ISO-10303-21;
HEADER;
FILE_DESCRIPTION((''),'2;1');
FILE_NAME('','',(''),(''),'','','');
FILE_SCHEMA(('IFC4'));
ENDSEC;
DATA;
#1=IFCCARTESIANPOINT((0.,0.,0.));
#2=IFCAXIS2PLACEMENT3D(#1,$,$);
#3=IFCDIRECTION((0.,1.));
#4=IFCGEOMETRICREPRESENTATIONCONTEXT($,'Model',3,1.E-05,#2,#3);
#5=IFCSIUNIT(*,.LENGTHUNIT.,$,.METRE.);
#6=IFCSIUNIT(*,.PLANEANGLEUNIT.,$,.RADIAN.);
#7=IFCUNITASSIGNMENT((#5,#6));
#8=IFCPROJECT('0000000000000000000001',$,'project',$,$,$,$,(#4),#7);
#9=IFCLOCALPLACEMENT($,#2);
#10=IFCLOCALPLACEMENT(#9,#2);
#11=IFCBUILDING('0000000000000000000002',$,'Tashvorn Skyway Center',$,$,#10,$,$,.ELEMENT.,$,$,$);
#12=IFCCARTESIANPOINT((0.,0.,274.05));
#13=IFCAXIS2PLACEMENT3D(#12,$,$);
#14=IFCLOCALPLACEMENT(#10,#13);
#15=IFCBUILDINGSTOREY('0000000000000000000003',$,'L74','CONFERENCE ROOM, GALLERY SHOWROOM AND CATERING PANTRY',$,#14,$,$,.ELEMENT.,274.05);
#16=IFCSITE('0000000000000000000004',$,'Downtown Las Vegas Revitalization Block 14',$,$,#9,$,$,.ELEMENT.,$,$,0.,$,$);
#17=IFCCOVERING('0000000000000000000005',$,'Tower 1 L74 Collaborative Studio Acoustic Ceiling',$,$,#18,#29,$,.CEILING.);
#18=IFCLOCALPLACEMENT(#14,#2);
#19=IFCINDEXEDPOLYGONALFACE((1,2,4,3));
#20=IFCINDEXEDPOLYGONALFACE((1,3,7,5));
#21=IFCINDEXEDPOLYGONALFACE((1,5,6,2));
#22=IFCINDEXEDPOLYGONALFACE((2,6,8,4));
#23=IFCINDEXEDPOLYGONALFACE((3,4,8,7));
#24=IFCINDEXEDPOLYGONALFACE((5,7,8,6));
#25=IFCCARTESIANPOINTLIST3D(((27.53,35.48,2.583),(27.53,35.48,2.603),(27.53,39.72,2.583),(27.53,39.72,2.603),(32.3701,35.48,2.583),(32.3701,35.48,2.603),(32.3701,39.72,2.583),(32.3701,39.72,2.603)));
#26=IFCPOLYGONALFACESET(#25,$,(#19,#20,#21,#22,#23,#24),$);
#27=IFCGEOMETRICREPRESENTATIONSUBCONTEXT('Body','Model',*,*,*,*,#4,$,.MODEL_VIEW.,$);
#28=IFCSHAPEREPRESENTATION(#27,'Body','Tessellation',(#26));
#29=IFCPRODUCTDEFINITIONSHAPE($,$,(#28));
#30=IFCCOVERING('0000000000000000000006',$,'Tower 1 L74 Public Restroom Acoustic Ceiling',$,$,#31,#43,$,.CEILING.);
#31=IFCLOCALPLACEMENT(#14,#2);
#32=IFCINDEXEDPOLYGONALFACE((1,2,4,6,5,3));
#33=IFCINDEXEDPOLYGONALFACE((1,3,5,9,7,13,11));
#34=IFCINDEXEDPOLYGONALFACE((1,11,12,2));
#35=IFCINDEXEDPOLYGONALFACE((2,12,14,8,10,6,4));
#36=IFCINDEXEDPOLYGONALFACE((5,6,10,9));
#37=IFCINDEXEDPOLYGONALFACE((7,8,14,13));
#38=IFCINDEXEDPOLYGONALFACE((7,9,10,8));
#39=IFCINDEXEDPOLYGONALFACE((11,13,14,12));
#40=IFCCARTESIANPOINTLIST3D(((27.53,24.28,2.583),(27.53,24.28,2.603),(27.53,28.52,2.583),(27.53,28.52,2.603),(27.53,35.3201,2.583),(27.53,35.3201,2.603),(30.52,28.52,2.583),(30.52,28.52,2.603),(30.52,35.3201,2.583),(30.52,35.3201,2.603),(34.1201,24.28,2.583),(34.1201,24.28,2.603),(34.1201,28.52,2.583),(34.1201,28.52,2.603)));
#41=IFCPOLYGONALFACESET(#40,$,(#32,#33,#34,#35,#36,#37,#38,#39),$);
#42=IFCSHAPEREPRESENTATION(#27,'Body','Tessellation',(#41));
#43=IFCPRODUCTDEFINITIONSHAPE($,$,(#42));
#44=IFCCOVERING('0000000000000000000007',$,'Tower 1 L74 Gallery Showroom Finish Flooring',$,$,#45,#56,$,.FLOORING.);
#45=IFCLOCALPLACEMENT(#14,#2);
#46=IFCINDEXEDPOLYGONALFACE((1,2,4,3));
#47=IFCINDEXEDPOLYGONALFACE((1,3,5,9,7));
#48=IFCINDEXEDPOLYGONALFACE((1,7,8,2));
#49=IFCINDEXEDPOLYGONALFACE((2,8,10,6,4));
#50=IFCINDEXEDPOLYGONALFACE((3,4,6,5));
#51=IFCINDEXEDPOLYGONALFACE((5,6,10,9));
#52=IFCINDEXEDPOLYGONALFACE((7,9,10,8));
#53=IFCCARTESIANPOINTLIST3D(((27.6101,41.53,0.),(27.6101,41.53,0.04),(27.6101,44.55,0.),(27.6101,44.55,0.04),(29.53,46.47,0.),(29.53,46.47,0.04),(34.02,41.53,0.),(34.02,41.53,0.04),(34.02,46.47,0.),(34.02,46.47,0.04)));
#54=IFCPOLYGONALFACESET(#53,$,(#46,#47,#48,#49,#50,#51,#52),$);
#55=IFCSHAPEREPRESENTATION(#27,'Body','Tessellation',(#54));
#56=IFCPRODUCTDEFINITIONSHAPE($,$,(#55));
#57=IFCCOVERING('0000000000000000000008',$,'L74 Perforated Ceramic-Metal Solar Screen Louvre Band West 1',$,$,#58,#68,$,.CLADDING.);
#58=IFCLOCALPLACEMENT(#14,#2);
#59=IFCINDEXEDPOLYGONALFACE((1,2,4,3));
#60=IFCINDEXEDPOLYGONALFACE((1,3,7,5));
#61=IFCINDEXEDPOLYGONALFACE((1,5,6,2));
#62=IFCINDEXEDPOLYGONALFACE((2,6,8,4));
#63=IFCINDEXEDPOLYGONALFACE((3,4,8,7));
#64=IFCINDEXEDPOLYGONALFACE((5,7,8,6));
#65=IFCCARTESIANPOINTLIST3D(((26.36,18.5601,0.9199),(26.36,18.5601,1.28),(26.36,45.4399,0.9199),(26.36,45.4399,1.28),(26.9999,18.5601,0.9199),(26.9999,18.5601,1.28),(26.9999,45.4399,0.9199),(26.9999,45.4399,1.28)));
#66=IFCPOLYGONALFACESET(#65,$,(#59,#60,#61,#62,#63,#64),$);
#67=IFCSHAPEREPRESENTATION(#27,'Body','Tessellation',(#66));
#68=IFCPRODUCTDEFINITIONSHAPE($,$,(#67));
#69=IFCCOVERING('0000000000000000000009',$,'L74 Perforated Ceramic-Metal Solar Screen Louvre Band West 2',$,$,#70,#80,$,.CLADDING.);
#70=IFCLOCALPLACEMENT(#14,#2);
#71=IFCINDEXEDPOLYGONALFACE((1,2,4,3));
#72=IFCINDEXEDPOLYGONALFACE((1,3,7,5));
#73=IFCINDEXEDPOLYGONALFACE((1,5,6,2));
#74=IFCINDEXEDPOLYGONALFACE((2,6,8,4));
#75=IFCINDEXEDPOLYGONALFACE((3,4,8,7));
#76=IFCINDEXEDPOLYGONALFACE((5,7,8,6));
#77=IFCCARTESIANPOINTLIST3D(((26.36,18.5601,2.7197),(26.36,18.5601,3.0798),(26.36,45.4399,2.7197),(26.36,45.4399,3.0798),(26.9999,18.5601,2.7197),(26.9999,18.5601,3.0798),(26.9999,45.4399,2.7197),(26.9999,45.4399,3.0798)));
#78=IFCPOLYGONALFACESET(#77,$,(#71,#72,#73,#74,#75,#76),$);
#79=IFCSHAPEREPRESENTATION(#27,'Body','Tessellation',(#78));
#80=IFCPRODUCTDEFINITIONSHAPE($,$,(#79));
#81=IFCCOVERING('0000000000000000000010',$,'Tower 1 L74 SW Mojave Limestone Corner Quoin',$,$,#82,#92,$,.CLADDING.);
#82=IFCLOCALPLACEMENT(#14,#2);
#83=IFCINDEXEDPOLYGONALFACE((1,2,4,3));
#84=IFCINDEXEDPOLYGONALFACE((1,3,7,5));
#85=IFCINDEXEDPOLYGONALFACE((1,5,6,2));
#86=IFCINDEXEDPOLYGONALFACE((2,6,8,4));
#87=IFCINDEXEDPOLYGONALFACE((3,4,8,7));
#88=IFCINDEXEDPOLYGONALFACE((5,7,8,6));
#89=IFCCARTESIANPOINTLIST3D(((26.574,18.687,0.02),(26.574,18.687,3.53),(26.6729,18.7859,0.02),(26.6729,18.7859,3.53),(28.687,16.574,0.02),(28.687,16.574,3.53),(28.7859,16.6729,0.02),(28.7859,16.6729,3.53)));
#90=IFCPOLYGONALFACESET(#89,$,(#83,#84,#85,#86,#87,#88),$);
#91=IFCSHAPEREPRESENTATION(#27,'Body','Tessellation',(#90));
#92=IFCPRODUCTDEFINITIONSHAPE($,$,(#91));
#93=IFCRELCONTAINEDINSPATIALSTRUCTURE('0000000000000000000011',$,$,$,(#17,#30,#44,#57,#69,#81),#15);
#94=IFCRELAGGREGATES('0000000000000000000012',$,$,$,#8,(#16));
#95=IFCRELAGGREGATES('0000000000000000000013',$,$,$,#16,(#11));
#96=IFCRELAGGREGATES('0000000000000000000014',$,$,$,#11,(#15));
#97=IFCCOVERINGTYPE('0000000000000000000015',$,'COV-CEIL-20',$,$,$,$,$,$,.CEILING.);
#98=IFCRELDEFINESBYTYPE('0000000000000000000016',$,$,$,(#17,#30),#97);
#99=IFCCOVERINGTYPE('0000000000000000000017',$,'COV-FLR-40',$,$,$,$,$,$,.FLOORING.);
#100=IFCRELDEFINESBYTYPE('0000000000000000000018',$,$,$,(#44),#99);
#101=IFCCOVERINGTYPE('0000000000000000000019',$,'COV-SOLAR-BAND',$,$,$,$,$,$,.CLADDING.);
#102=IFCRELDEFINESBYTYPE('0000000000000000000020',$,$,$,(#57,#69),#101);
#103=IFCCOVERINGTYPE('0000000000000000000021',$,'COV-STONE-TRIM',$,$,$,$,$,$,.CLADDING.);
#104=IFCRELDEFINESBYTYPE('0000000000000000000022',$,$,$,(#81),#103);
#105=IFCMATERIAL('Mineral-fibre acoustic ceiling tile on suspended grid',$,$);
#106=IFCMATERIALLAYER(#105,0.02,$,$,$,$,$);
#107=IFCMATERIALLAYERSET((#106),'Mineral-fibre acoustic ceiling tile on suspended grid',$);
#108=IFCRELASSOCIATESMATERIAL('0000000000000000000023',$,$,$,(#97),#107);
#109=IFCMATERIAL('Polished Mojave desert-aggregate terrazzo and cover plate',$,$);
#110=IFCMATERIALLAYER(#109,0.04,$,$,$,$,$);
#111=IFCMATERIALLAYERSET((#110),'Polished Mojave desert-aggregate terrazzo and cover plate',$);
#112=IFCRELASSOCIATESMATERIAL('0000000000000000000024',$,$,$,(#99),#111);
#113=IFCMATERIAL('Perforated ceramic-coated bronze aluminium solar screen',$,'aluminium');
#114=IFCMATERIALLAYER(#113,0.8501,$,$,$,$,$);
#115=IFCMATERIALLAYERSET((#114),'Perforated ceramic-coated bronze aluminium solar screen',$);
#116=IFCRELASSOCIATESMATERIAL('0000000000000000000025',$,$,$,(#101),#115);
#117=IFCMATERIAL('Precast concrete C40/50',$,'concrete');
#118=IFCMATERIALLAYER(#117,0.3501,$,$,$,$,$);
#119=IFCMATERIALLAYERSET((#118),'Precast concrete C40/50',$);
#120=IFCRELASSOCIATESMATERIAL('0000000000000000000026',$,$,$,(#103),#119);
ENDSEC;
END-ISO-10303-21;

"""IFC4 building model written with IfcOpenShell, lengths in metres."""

from ifc_helpers import new_model, si_unit, direction, frame, origin, origin_2d, place, context, subcontext, project, spatial, polyline, rectangle, outline, extrude, material, layer, layer_set, type_object, element, save


model = new_model("IFC4")

# Units and contexts
model_context = context("Model", 3, precision=1e-05, world=origin(), true_north=direction((0.0, 1.0)))
body_context = subcontext(model_context, "Body", "Model", "MODEL_VIEW")
ifc_project = project(units=[si_unit("LENGTHUNIT", "METRE"), si_unit("PLANEANGLEUNIT", "RADIAN")], contexts=[model_context])

# Site, building, storey
site_placement = place(None, origin())
site = spatial("IfcSite", under=ifc_project, at=site_placement, Name="Downtown Las Vegas Revitalization Block 14", CompositionType="ELEMENT", RefElevation=0.0)
building_placement = place(site_placement, origin())
building = spatial("IfcBuilding", under=site, at=building_placement, Name="Tashvorn Skyway Center", CompositionType="ELEMENT")
storey_placement = place(building_placement, frame((0.0, 0.0, 274.05)))
storey = spatial("IfcBuildingStorey", under=building, at=storey_placement, Name="L74", Description="CONFERENCE ROOM, GALLERY SHOWROOM AND CATERING PANTRY", CompositionType="ELEMENT", Elevation=274.05)

# Coverings
ifc_material_1 = material(Name="Precast concrete C40/50", Category="concrete")
ifc_material_2 = material(Name="Mineral-fibre acoustic ceiling tile on suspended grid")
ifc_layer_1 = layer(ifc_material_2, 0.02)
ifc_layer_set_1 = layer_set([ifc_layer_1], Name="Mineral-fibre acoustic ceiling tile on suspended grid")
covering_type_1 = type_object("IfcCoveringType", Name="COV-CEIL-20", PredefinedType="CEILING", material=ifc_layer_set_1)
covering_1_placement = place(storey_placement, frame((0.0, 0.0, 2.583)))
element("IfcCovering", 1, at=covering_1_placement, inside=storey, type_object=covering_type_1, Name="Tower 1 L74 Collaborative Studio Acoustic Ceiling", PredefinedType="CEILING", context=body_context, shape_type="SweptSolid", body=[
    extrude(outline(polyline([(32.3701, 39.72), (32.3701, 35.48), (27.53, 35.48), (27.53, 39.72), (32.3701, 39.72)])), origin(), (0.0, 0.0, 1.0), 0.02),
])
covering_2_placement = place(storey_placement, frame((0.0, 0.0, 2.583)))
element("IfcCovering", 2, at=covering_2_placement, inside=storey, type_object=covering_type_1, Name="Tower 1 L74 Public Restroom Acoustic Ceiling", PredefinedType="CEILING", context=body_context, shape_type="SweptSolid", body=[
    extrude(outline(polyline([(34.1201, 24.28), (27.53, 24.28), (27.53, 28.52), (27.53, 35.3201), (30.52, 35.3201), (30.52, 28.52), (34.1201, 28.52), (34.1201, 24.28)])), origin(), (0.0, 0.0, 1.0), 0.02),
])
ifc_material_3 = material(Name="Polished Mojave desert-aggregate terrazzo and cover plate")
ifc_layer_2 = layer(ifc_material_3, 0.04)
ifc_layer_set_2 = layer_set([ifc_layer_2], Name="Polished Mojave desert-aggregate terrazzo and cover plate")
covering_type_2 = type_object("IfcCoveringType", Name="COV-FLR-40", PredefinedType="FLOORING", material=ifc_layer_set_2)
covering_3_placement = place(storey_placement, origin())
element("IfcCovering", 3, at=covering_3_placement, inside=storey, type_object=covering_type_2, Name="Tower 1 L74 Gallery Showroom Finish Flooring", PredefinedType="FLOORING", context=body_context, shape_type="SweptSolid", body=[
    extrude(outline(polyline([(34.02, 41.53), (27.6101, 41.53), (27.6101, 44.55), (29.53, 46.47), (34.02, 46.47), (34.02, 41.53)])), origin(), (0.0, 0.0, 1.0), 0.04),
])
ifc_material_4 = material(Name="Perforated ceramic-coated bronze aluminium solar screen", Category="aluminium")
ifc_layer_3 = layer(ifc_material_4, 0.8501)
ifc_layer_set_3 = layer_set([ifc_layer_3], Name="Perforated ceramic-coated bronze aluminium solar screen")
covering_type_3 = type_object("IfcCoveringType", Name="COV-SOLAR-BAND", PredefinedType="CLADDING", material=ifc_layer_set_3)
for number, where, z_axis, x_axis, name in (
    (4, (26.6799, 32.0, 0.9199), (0.0, 0.0, 1.0), (0.0, 1.0, 0.0), "L74 Perforated Ceramic-Metal Solar Screen Louvre Band West 1"),
    (5, (26.6799, 32.0, 2.7197), (0.0, 0.0, 1.0), (0.0, 1.0, 0.0), "L74 Perforated Ceramic-Metal Solar Screen Louvre Band West 2"),
):
    element("IfcCovering", number, at=place(storey_placement, frame(where, z_axis=z_axis, x_axis=x_axis)), inside=storey, type_object=covering_type_3, Name=name, PredefinedType="CLADDING", context=body_context, shape_type="SweptSolid", body=[
        extrude(rectangle(XDim=26.8799, YDim=0.6399, at=origin_2d()), origin(), (0.0, 0.0, 1.0), 0.3601),
    ])
ifc_layer_4 = layer(ifc_material_1, 0.3501)
ifc_layer_set_4 = layer_set([ifc_layer_4], Name="Precast concrete C40/50")
covering_type_4 = type_object("IfcCoveringType", Name="COV-STONE-TRIM", PredefinedType="CLADDING", material=ifc_layer_set_4)
covering_4_placement = place(storey_placement, frame((27.6799, 17.6799, 0.02), z_axis=(0.0, 0.0, 1.0), x_axis=(-0.707107, 0.707107, 0.0)))
element("IfcCovering", 6, at=covering_4_placement, inside=storey, type_object=covering_type_4, Name="Tower 1 L74 SW Mojave Limestone Corner Quoin", PredefinedType="CLADDING", context=body_context, shape_type="SweptSolid", body=[
    extrude(rectangle(XDim=2.9883, YDim=0.1399, at=origin_2d()), origin(), (0.0, 0.0, 1.0), 3.51),
])

save(model, "model.ifc")
